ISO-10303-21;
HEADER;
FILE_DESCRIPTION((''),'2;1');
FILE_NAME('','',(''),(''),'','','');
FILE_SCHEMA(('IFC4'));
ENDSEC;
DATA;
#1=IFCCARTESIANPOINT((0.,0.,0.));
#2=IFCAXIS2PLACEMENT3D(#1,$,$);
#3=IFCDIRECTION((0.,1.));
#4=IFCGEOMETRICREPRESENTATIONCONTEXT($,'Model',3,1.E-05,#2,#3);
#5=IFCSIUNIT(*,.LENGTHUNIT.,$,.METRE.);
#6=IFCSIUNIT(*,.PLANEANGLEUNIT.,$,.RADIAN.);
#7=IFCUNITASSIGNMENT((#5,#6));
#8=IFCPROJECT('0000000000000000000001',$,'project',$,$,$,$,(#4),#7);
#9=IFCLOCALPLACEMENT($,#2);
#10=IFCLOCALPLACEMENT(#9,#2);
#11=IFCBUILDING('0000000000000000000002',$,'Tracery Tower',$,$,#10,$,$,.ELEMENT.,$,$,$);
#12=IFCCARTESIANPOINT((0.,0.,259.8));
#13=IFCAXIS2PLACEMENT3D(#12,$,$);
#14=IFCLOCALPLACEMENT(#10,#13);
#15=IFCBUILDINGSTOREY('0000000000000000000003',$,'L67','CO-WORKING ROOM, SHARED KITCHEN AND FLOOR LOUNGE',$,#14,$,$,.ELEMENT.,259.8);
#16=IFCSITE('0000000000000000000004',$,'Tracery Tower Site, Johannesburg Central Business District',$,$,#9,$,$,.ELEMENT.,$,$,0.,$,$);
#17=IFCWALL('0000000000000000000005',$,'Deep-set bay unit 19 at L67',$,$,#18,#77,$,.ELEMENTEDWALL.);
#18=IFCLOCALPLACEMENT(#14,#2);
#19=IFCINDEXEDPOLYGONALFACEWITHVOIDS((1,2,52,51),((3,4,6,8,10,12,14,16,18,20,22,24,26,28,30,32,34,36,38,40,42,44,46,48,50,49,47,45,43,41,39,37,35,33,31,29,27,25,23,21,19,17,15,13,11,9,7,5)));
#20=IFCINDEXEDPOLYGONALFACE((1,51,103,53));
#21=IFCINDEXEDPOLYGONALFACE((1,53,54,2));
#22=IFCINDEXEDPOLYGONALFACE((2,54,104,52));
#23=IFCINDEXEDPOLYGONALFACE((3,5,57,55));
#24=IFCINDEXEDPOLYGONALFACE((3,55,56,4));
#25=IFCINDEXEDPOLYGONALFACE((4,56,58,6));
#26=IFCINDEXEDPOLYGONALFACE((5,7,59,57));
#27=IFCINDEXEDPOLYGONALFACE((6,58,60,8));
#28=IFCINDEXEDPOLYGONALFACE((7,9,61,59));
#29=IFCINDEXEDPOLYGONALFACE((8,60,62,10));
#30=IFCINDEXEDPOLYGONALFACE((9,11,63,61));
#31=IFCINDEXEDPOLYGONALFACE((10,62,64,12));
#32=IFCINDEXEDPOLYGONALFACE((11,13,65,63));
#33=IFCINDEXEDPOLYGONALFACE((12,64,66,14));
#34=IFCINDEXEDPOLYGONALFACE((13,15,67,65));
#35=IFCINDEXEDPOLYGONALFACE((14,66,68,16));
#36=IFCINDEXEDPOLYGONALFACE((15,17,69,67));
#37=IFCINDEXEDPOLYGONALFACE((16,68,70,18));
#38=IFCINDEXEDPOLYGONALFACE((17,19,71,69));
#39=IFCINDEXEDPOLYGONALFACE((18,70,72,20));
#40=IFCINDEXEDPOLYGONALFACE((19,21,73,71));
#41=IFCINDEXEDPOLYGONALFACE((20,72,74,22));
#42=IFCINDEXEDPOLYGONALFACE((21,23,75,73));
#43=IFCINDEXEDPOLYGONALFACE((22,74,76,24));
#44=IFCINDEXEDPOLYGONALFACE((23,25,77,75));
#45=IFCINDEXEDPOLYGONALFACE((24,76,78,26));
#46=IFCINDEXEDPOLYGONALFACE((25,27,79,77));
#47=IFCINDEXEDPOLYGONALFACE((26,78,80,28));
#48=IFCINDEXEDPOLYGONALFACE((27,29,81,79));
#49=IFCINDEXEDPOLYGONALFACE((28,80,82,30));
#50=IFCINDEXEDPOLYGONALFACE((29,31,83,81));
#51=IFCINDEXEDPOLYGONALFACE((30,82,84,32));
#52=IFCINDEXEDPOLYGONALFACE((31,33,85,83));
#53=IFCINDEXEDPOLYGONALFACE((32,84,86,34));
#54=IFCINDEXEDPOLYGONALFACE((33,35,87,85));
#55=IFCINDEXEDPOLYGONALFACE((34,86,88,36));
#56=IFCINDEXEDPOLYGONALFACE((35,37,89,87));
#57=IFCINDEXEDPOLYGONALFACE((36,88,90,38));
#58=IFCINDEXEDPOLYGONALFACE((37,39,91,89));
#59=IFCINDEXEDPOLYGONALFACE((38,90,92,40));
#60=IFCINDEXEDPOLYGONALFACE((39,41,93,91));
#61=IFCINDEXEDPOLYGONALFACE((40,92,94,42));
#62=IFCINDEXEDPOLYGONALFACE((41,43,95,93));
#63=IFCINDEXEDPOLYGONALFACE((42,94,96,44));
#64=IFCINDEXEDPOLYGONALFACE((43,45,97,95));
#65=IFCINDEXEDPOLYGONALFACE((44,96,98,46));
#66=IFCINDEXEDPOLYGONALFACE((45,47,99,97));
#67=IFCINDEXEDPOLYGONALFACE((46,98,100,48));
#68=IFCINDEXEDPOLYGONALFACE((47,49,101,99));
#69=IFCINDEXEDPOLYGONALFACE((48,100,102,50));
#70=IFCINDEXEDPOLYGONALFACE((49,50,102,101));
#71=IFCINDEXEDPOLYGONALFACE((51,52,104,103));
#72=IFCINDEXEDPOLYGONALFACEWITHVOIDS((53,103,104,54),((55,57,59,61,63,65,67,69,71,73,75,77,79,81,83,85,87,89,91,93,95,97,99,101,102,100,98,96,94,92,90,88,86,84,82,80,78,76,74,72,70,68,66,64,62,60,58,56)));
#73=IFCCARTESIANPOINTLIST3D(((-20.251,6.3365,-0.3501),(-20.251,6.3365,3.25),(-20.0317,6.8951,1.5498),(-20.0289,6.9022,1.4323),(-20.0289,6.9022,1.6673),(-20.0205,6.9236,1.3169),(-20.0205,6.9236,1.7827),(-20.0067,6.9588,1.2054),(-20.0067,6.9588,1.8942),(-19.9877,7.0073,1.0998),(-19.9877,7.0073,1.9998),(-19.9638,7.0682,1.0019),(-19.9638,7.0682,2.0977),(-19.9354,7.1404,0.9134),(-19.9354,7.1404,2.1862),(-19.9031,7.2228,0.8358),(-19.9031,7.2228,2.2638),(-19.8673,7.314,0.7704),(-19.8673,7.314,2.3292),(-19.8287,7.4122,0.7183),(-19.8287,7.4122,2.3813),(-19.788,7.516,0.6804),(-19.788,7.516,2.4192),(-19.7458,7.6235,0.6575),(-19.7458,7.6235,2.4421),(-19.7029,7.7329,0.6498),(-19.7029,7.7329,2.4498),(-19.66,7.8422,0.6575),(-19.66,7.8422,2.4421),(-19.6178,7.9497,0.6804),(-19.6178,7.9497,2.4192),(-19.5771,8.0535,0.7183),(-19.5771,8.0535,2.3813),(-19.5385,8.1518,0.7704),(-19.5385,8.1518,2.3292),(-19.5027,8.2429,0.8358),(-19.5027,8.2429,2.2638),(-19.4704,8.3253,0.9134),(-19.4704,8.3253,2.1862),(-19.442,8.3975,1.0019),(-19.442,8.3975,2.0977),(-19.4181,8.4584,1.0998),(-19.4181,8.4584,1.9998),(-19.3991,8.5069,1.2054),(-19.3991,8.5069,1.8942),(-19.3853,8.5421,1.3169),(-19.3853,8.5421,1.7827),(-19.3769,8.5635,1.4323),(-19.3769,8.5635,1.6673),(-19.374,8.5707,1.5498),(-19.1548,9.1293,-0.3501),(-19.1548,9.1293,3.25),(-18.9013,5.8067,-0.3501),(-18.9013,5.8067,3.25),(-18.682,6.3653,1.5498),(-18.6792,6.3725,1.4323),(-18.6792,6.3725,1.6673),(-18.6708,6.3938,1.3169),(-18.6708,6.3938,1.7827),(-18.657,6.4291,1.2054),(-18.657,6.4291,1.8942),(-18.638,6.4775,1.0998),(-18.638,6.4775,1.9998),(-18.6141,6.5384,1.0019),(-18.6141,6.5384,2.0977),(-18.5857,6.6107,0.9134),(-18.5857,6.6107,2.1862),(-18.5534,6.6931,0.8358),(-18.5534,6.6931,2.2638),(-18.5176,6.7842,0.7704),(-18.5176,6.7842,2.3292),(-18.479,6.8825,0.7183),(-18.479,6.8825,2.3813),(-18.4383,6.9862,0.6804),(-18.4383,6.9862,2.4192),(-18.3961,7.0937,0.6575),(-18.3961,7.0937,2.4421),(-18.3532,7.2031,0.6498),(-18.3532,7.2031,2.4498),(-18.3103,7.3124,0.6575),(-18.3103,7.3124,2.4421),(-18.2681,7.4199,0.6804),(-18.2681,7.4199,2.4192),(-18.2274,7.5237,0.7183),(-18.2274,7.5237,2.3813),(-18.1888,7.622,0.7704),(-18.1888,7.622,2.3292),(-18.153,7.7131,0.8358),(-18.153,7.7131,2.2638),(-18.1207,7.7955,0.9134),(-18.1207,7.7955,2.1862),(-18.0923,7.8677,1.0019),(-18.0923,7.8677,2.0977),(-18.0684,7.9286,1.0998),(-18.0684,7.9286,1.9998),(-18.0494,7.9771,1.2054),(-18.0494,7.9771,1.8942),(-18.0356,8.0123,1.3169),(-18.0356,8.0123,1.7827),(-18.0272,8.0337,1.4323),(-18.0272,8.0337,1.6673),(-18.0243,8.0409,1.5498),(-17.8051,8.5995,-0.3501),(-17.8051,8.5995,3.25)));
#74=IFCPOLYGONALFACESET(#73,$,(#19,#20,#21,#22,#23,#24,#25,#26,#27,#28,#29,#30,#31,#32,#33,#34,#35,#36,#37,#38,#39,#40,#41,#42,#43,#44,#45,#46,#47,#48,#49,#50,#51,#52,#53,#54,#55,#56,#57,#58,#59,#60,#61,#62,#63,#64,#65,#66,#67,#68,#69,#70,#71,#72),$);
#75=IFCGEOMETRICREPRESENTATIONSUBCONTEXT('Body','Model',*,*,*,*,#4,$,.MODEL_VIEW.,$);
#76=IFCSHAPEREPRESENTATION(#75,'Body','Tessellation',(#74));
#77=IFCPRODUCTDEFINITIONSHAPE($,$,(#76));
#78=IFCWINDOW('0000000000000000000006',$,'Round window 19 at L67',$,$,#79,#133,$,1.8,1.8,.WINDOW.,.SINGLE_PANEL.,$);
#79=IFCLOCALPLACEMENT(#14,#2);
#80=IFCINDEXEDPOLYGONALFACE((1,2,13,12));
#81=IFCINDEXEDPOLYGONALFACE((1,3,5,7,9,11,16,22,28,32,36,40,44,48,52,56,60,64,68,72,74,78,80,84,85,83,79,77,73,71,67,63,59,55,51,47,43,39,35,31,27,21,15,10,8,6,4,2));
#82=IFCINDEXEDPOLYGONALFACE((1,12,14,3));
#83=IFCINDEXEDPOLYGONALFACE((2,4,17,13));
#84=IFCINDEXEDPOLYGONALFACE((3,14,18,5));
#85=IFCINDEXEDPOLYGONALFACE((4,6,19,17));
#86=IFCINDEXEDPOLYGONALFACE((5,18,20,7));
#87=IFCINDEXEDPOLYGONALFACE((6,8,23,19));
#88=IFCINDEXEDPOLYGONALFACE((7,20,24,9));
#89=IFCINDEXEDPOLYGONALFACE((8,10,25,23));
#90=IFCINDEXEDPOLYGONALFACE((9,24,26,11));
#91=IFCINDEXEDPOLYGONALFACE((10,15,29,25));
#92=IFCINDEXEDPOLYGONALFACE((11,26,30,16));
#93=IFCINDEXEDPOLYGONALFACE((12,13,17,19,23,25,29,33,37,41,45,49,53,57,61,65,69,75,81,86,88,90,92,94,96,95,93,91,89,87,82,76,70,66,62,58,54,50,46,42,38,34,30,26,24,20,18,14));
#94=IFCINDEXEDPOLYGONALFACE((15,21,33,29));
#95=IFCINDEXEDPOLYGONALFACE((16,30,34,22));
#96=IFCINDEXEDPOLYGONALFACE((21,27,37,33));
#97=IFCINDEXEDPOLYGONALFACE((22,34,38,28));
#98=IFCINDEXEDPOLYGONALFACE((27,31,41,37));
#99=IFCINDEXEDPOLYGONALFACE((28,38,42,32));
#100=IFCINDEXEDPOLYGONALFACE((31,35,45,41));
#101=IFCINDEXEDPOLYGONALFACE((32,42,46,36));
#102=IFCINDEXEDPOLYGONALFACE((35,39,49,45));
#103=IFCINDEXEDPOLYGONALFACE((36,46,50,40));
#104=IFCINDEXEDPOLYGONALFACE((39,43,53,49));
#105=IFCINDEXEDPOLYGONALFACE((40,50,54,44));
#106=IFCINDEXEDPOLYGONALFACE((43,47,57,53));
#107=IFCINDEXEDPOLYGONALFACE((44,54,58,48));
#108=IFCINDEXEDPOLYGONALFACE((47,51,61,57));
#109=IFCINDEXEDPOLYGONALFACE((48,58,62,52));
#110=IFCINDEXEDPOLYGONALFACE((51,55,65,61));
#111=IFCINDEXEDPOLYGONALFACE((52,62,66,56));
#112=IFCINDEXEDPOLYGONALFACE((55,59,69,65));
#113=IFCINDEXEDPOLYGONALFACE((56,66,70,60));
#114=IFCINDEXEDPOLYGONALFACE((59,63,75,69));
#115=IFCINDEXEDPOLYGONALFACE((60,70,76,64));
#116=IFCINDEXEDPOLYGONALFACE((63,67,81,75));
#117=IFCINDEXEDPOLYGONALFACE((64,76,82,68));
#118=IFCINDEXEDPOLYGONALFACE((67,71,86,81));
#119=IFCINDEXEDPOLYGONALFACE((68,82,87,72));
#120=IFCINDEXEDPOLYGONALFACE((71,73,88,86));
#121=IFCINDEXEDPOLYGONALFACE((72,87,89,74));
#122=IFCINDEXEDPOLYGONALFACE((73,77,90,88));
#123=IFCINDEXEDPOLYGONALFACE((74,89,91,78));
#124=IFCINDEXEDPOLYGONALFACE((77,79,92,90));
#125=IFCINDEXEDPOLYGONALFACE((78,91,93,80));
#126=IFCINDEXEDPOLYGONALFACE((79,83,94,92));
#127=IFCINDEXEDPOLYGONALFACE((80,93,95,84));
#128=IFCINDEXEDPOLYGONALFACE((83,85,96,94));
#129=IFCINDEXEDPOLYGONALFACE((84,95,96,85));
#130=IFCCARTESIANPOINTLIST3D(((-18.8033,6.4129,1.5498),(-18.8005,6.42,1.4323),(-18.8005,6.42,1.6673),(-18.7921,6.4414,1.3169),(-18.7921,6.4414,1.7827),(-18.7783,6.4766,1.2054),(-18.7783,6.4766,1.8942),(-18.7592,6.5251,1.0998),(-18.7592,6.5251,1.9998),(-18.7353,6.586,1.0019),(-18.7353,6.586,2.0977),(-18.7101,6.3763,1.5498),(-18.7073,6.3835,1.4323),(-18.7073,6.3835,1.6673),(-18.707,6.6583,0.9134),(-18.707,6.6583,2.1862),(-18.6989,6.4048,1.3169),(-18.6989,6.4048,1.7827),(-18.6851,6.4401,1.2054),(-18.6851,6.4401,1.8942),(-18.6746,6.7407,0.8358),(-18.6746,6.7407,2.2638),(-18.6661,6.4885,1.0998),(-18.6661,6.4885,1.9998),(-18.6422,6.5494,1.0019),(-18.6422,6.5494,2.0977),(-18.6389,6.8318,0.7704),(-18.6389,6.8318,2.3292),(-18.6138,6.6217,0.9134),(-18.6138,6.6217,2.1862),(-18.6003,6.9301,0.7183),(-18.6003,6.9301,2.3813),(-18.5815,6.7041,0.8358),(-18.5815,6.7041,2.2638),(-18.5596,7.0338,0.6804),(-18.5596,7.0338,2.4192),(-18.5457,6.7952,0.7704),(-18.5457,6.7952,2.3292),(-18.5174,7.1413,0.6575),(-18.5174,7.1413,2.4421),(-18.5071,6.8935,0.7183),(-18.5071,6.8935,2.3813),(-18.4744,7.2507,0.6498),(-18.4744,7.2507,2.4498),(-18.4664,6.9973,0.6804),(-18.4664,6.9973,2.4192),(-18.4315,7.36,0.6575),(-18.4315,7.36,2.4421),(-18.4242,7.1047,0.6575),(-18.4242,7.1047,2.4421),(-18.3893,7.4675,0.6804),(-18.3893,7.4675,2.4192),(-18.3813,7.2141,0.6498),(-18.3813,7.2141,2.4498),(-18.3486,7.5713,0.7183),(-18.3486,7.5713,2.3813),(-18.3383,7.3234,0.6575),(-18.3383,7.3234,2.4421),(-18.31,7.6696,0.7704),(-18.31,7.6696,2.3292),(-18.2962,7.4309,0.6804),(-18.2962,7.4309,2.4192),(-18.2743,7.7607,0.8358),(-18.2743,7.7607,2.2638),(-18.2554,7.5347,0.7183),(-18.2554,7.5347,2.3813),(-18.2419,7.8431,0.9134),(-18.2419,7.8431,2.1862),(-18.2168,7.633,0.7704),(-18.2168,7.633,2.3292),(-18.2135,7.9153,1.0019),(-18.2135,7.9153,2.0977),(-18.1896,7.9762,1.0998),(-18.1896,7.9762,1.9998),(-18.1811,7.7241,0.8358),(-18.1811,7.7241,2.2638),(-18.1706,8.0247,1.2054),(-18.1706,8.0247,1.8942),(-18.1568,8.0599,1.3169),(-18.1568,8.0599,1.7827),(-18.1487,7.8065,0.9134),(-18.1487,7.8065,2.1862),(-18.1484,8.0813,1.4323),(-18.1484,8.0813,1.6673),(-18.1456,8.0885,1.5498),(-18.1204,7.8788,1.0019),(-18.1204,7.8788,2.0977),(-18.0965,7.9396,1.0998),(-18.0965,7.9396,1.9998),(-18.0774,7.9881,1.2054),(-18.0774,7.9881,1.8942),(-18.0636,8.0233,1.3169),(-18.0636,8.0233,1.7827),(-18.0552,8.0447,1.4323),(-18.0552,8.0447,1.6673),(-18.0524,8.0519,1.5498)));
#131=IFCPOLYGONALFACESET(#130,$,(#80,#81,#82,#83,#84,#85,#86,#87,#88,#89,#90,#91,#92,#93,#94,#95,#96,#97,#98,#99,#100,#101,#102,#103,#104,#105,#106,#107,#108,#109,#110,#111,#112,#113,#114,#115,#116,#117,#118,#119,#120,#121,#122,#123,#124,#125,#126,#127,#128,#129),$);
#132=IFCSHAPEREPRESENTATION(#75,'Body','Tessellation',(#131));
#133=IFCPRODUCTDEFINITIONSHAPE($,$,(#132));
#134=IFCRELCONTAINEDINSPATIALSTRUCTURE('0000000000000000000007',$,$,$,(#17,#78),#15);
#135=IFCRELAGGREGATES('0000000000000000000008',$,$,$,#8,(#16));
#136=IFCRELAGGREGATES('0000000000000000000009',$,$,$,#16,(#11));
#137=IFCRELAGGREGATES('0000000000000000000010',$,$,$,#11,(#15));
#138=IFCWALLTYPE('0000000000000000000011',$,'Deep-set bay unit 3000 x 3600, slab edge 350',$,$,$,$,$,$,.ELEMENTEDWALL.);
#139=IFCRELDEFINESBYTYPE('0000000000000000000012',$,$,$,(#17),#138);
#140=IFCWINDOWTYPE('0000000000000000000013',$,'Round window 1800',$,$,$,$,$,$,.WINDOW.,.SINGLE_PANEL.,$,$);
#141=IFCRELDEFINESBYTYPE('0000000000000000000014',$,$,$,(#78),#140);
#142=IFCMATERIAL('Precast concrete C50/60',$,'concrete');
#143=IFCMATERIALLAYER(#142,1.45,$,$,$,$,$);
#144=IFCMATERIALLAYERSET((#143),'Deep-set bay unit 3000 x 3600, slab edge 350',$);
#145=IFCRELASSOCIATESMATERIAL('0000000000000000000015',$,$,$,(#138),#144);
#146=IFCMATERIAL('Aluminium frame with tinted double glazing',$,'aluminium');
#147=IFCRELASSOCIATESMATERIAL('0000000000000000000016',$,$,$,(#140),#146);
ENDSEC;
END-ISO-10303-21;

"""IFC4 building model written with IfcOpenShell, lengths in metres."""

from ifc_helpers import new_model, si_unit, direction, frame, frame_2d, origin, origin_2d, place, context, subcontext, project, spatial, rectangle, circle, extrude, material, layer, layer_set, type_object, element, fill, save


model = new_model("IFC4")

# Units and contexts
model_context = context("Model", 3, precision=1e-05, world=origin(), true_north=direction((0.0, 1.0)))
body_context = subcontext(model_context, "Body", "Model", "MODEL_VIEW")
ifc_project = project(units=[si_unit("LENGTHUNIT", "METRE"), si_unit("PLANEANGLEUNIT", "RADIAN")], contexts=[model_context])

# Site, building, storey
site_placement = place(None, origin())
site = spatial("IfcSite", under=ifc_project, at=site_placement, Name="Tracery Tower Site, Johannesburg Central Business District", CompositionType="ELEMENT", RefElevation=0.0)
building_placement = place(site_placement, origin())
building = spatial("IfcBuilding", under=site, at=building_placement, Name="Tracery Tower", CompositionType="ELEMENT")
storey_placement = place(building_placement, frame((0.0, 0.0, 259.8)))
storey = spatial("IfcBuildingStorey", under=building, at=storey_placement, Name="L67", Description="CO-WORKING ROOM, SHARED KITCHEN AND FLOOR LOUNGE", CompositionType="ELEMENT", Elevation=259.8)

# Wall, opening, window
ifc_material_1 = material(Name="Precast concrete C50/60", Category="concrete")
ifc_layer_1 = layer(ifc_material_1, 1.45)
ifc_layer_set_1 = layer_set([ifc_layer_1], Name="Deep-set bay unit 3000 x 3600, slab edge 350")
wall_type_1 = type_object("IfcWallType", Name="Deep-set bay unit 3000 x 3600, slab edge 350", PredefinedType="ELEMENTEDWALL", material=ifc_layer_set_1)
ifc_material_2 = material(Name="Aluminium frame with tinted double glazing", Category="aluminium")
window_type = type_object("IfcWindowType", Name="Round window 1800", PartitioningType="SINGLE_PANEL", PredefinedType="WINDOW", material=ifc_material_2)
wall_1_placement = place(storey_placement, frame((-18.48, 8.8643, -0.3501), z_axis=(0.0, 0.0, 1.0), x_axis=(-0.365378, -0.930859, 0.0)))
wall_1 = element("IfcWall", 1, at=wall_1_placement, inside=storey, type_object=wall_type_1, Name="Deep-set bay unit 19 at L67", PredefinedType="ELEMENTEDWALL", context=body_context, shape_type="SweptSolid", body=[
    extrude(rectangle(XDim=3.0002, YDim=1.45, at=frame_2d((1.5, 0.0))), origin(), (0.0, 0.0, 1.0), 3.6001),
])
opening_1_placement = place(wall_1_placement, frame((1.5, 0.0, 1.8999)))
opening_1 = element("IfcOpeningElement", 2, at=opening_1_placement, cuts=wall_1, PredefinedType="OPENING", context=body_context, shape_type="SweptSolid", body=[
    extrude(circle(Radius=0.9, at=origin_2d()), frame((0.0, 0.7349, 0.0), z_axis=(0.0, -1.0, 0.0), x_axis=(1.0, 0.0, 0.0)), (0.0, 0.0, 1.0), 1.47),
])
window_1_placement = place(opening_1_placement, origin())
window_1 = element("IfcWindow", 3, at=window_1_placement, inside=storey, type_object=window_type, Name="Round window 19 at L67", OverallHeight=1.8, OverallWidth=1.8, PartitioningType="SINGLE_PANEL", PredefinedType="WINDOW", context=body_context, shape_type="SweptSolid", body=[
    extrude(circle(Radius=0.9, at=origin_2d()), frame((0.0, 0.6948, 0.0), z_axis=(0.0, -1.0, 0.0), x_axis=(1.0, 0.0, 0.0)), (0.0, 0.0, 1.0), 0.1001),
])
fill(opening_1, window_1)

save(model, "model.ifc")
